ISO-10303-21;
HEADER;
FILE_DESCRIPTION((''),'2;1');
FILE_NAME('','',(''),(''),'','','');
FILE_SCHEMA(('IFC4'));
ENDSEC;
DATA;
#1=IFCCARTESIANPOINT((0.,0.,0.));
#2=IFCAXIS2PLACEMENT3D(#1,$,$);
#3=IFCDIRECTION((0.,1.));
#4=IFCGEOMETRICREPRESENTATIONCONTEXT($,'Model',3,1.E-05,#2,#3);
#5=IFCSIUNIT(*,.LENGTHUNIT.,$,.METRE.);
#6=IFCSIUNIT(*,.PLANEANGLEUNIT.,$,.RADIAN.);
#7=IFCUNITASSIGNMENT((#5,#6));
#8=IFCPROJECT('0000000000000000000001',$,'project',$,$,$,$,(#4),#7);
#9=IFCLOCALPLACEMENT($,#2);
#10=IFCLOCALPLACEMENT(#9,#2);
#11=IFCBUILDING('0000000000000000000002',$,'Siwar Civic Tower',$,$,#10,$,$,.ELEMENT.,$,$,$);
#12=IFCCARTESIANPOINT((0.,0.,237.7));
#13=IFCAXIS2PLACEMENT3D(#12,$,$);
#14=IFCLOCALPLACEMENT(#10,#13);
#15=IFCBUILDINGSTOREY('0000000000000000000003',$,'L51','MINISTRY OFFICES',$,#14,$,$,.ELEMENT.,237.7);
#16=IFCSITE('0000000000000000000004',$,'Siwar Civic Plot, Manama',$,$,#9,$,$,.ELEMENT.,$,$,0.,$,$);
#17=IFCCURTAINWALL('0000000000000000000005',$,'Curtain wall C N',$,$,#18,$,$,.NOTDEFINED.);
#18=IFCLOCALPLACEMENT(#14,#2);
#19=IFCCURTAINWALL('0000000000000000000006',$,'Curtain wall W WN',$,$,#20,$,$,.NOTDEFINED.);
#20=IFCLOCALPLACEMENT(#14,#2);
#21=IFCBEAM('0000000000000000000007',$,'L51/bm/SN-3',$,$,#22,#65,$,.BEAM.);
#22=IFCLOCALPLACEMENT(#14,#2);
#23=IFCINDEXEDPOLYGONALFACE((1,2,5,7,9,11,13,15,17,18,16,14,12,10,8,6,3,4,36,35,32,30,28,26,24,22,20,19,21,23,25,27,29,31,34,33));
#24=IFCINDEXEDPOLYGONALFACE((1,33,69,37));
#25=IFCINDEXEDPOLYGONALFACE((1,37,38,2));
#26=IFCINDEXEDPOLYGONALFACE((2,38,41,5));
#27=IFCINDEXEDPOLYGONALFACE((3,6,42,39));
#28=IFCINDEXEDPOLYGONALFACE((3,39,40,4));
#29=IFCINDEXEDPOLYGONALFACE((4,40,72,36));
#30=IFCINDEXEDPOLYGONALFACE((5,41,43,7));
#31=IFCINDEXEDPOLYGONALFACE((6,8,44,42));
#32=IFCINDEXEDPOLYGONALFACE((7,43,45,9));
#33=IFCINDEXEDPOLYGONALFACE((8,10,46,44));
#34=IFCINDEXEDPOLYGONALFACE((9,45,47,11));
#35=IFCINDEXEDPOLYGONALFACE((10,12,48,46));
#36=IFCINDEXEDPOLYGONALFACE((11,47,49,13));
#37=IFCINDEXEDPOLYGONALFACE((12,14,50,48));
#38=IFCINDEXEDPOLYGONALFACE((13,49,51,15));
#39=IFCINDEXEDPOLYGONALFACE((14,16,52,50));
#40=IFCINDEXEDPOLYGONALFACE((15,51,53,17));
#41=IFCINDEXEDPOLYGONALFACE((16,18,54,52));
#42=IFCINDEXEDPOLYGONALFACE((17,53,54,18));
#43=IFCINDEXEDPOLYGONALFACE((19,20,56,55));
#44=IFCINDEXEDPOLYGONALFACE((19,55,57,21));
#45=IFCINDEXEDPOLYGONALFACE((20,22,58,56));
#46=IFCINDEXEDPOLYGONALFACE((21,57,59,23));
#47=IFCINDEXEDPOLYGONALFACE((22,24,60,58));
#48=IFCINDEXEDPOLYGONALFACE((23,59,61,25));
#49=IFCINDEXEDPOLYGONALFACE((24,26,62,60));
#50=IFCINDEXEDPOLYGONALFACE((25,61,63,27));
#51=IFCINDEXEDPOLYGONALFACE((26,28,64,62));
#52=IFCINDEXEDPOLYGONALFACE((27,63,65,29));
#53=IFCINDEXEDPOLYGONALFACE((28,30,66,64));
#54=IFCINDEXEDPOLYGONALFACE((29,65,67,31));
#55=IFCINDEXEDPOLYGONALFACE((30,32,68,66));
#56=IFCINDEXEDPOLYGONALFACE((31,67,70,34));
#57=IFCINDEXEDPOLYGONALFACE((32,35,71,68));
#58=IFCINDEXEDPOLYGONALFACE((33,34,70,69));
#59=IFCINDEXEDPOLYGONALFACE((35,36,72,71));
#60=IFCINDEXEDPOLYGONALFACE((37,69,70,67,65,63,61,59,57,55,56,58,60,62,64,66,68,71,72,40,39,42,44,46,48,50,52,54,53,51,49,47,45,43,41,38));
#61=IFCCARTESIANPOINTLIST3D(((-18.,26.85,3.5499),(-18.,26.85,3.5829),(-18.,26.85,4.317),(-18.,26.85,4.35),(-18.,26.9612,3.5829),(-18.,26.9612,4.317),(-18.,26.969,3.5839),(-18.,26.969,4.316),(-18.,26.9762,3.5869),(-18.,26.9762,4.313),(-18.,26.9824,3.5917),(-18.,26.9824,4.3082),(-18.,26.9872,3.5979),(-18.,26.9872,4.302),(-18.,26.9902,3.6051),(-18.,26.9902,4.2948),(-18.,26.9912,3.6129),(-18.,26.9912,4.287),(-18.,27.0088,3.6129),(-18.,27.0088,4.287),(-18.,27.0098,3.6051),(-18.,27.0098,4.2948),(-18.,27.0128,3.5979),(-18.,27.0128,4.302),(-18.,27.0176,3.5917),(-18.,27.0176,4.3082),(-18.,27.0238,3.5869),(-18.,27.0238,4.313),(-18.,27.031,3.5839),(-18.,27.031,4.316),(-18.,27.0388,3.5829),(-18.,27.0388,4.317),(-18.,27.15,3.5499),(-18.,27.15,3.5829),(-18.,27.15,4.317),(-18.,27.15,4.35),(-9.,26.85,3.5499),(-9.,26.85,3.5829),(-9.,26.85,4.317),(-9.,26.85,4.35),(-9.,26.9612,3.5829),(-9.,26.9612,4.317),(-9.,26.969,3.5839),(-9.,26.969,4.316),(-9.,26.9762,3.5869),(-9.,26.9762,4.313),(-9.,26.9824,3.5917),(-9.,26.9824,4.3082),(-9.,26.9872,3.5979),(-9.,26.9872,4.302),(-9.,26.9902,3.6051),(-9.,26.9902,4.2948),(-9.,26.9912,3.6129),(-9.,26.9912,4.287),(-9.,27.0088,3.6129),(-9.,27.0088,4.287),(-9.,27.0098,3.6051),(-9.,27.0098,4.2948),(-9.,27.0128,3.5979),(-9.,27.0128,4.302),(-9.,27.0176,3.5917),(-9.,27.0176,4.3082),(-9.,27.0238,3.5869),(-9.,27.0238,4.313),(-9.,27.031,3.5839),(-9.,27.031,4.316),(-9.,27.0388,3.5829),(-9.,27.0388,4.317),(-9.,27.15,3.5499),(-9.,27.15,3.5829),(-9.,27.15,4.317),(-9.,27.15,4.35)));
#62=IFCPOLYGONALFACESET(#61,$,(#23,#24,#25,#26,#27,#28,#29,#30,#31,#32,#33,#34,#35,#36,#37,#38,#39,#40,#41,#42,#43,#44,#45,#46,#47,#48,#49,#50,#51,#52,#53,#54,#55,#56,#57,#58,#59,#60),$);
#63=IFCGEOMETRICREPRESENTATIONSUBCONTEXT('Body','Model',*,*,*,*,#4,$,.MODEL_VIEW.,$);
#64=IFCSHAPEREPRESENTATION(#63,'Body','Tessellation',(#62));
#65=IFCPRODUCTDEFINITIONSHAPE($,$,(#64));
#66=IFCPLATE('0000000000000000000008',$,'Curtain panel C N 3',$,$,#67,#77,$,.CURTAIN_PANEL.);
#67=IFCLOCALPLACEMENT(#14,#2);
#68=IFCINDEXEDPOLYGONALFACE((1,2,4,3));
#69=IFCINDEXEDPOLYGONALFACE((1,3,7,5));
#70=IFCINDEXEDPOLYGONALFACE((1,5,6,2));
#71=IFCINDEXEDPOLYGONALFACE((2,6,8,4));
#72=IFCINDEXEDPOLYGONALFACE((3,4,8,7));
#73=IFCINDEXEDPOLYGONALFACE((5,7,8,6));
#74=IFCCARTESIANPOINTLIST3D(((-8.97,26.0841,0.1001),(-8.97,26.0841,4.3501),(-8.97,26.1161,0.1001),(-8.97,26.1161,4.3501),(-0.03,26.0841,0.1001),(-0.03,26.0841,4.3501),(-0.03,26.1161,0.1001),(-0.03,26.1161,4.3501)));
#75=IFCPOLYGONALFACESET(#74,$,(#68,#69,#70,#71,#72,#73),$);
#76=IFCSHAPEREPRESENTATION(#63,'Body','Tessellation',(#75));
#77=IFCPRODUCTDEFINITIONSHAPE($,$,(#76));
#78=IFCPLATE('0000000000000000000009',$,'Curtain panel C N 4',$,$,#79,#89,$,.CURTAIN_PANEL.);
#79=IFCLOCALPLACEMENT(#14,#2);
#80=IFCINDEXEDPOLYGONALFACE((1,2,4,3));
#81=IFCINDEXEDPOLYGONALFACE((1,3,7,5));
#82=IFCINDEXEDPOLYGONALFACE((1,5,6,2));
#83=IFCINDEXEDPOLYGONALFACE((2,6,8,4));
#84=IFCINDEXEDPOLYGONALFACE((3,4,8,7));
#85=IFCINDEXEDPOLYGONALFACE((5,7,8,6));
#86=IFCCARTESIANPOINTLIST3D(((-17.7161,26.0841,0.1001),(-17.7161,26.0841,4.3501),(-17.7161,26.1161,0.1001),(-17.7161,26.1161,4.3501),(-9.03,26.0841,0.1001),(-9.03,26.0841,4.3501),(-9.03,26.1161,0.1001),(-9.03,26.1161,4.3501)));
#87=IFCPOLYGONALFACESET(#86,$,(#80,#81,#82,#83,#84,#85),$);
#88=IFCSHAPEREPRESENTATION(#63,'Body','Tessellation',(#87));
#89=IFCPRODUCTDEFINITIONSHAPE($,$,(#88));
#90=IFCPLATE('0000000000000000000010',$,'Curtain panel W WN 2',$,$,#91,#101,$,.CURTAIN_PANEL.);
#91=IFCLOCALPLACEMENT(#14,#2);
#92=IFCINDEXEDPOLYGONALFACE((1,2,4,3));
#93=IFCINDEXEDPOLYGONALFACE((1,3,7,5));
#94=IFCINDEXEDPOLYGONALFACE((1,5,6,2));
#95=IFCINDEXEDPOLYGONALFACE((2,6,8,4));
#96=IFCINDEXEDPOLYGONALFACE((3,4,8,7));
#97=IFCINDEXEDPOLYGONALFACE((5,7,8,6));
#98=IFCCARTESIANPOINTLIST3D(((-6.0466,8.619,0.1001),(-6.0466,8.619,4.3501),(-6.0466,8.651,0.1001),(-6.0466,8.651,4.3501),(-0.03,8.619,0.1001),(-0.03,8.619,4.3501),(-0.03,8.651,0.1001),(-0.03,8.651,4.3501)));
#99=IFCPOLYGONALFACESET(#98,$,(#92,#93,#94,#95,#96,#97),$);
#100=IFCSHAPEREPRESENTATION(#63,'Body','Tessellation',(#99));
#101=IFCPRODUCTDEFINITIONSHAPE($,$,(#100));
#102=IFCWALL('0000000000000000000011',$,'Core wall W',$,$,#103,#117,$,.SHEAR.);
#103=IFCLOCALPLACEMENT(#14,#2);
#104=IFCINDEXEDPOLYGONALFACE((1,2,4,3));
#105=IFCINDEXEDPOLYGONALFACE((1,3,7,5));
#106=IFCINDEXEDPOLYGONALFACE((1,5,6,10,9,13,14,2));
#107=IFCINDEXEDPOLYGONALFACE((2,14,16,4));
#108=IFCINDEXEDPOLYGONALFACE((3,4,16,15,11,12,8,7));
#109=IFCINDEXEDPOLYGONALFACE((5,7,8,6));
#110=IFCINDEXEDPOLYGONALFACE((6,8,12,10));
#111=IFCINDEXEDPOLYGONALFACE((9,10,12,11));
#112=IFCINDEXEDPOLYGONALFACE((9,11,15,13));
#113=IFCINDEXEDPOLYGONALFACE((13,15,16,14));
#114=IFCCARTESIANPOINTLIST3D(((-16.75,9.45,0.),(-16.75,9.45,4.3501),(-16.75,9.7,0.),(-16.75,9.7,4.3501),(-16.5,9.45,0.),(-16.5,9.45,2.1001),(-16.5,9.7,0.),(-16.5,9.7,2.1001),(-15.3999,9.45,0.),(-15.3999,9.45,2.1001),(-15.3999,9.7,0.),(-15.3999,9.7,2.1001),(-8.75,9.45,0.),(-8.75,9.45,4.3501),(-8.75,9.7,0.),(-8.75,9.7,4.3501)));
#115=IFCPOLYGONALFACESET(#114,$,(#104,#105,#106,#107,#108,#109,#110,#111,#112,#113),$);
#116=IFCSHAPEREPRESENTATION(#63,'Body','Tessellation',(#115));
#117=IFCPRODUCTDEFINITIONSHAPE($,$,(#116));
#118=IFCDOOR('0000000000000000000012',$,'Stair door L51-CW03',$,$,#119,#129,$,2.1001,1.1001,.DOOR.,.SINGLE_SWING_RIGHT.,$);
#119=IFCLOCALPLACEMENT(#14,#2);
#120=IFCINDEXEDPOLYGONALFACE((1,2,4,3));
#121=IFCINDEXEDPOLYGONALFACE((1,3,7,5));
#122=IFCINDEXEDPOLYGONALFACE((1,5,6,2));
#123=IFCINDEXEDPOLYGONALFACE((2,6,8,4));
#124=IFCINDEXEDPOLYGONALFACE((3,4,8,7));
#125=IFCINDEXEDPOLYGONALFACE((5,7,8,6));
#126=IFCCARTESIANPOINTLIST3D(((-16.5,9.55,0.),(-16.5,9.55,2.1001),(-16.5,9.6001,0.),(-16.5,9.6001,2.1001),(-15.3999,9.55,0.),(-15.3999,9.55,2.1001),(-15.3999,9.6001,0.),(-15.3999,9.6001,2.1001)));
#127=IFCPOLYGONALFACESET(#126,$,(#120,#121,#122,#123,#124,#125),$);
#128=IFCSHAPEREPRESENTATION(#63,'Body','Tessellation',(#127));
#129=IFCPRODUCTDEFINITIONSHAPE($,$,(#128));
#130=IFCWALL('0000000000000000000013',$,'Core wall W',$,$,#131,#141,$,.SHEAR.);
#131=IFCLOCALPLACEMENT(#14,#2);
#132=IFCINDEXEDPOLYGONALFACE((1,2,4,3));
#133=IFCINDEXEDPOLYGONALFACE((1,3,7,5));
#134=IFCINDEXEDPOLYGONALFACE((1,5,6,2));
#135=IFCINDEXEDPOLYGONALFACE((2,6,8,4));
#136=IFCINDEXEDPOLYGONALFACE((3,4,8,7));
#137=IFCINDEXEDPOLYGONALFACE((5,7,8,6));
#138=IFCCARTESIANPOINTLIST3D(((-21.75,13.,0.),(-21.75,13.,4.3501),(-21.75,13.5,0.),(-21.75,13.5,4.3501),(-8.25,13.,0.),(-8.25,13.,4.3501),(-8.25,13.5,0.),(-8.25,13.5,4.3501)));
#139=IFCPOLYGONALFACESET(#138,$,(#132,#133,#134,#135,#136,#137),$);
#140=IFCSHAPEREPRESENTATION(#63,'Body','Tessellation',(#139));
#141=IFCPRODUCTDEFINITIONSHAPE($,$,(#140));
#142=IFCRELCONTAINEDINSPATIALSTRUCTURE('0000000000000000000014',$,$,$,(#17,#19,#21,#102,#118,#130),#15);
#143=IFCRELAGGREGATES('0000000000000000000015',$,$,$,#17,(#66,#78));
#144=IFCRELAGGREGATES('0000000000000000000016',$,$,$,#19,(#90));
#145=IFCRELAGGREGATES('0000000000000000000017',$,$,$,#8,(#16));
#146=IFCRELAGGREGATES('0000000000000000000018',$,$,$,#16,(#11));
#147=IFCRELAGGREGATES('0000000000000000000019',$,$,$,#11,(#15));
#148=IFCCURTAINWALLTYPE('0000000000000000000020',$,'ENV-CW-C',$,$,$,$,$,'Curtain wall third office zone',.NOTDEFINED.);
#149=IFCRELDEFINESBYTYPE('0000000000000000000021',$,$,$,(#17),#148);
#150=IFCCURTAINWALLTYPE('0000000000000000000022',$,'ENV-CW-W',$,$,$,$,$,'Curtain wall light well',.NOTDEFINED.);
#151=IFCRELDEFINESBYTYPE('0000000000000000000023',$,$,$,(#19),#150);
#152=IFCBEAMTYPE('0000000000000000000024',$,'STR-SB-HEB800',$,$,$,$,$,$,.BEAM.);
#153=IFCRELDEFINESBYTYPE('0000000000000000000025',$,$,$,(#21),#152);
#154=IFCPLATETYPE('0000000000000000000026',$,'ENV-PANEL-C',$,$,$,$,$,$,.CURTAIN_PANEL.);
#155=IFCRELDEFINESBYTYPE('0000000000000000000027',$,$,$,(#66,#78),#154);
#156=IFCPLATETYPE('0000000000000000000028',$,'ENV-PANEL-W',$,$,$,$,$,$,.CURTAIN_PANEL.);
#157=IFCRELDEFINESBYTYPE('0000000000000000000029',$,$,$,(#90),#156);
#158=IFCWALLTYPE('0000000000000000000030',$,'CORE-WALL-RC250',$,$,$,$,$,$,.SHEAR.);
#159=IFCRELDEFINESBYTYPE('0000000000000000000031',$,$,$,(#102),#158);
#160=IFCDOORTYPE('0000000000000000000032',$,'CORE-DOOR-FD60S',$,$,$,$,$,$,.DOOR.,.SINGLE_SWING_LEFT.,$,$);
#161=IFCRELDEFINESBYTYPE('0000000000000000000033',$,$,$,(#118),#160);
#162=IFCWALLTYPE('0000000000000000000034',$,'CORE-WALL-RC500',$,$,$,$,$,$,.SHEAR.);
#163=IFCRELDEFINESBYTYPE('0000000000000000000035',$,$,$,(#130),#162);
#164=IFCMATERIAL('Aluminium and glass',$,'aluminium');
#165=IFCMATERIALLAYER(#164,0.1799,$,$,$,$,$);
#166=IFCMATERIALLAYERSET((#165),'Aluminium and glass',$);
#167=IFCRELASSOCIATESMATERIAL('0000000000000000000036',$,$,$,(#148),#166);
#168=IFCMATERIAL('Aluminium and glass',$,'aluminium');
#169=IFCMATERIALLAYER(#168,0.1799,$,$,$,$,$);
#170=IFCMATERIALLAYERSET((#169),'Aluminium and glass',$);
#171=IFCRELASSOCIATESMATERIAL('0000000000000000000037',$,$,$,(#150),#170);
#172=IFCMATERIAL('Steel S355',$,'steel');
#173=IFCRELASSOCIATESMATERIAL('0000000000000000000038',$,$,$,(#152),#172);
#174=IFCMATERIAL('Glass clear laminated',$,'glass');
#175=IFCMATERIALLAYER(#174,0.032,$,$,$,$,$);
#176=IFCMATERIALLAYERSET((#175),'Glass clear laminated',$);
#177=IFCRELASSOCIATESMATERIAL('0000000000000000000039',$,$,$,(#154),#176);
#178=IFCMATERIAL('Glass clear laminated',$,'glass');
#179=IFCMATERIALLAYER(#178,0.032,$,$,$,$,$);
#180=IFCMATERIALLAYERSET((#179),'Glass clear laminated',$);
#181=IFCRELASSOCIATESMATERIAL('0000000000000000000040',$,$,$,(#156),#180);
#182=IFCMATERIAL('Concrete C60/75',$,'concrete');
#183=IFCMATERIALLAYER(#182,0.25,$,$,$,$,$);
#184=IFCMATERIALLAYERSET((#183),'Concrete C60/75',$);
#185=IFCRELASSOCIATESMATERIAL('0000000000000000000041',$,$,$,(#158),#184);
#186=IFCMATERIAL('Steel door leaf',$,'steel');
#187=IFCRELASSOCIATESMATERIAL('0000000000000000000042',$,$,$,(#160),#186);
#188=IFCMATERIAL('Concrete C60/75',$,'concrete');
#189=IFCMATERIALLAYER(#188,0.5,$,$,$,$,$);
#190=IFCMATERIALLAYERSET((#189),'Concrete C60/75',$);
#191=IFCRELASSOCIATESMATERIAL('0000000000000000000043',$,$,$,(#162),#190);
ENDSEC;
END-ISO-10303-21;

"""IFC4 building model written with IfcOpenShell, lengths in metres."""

from ifc_helpers import new_model, si_unit, direction, frame, frame_2d, origin, origin_2d, place, context, subcontext, project, spatial, rectangle, i_section, extrude, material, layer, layer_set, material_profile, profile_set, type_object, element, fill, aggregate, save


model = new_model("IFC4")

# Units and contexts
model_context = context("Model", 3, precision=1e-05, world=origin(), true_north=direction((0.0, 1.0)))
body_context = subcontext(model_context, "Body", "Model", "MODEL_VIEW")
ifc_project = project(units=[si_unit("LENGTHUNIT", "METRE"), si_unit("PLANEANGLEUNIT", "RADIAN")], contexts=[model_context])

# Site, building, storey
site_placement = place(None, origin())
site = spatial("IfcSite", under=ifc_project, at=site_placement, Name="Siwar Civic Plot, Manama", CompositionType="ELEMENT", RefElevation=0.0)
building_placement = place(site_placement, origin())
building = spatial("IfcBuilding", under=site, at=building_placement, Name="Siwar Civic Tower", CompositionType="ELEMENT")
storey_placement = place(building_placement, frame((0.0, 0.0, 237.7)))
storey = spatial("IfcBuildingStorey", under=building, at=storey_placement, Name="L51", Description="MINISTRY OFFICES", CompositionType="ELEMENT", Elevation=237.7)

# Curtain wall
ifc_material_1 = material(Name="Aluminium and glass", Category="aluminium")
ifc_layer_1 = layer(ifc_material_1, 0.1799)
ifc_layer_set_1 = layer_set([ifc_layer_1], Name="Aluminium and glass")
curtain_wall_type_1 = type_object("IfcCurtainWallType", Name="ENV-CW-C", ElementType="Curtain wall third office zone", PredefinedType="NOTDEFINED", material=ifc_layer_set_1)
curtain_wall_1_placement = place(storey_placement, origin())
curtain_wall_1 = element("IfcCurtainWall", 1, at=curtain_wall_1_placement, inside=storey, type_object=curtain_wall_type_1, Name="Curtain wall C N", PredefinedType="NOTDEFINED")

# Curtain wall
ifc_material_2 = material(Name="Aluminium and glass", Category="aluminium")
ifc_layer_2 = layer(ifc_material_2, 0.1799)
ifc_layer_set_2 = layer_set([ifc_layer_2], Name="Aluminium and glass")
curtain_wall_type_2 = type_object("IfcCurtainWallType", Name="ENV-CW-W", ElementType="Curtain wall light well", PredefinedType="NOTDEFINED", material=ifc_layer_set_2)
curtain_wall_2_placement = place(storey_placement, origin())
curtain_wall_2 = element("IfcCurtainWall", 2, at=curtain_wall_2_placement, inside=storey, type_object=curtain_wall_type_2, Name="Curtain wall W WN", PredefinedType="NOTDEFINED")

# Beam
ifc_material_3 = material(Name="Steel S355", Category="steel")
ifc_material_profile_1 = material_profile(ifc_material_3, i_section(OverallWidth=0.3, OverallDepth=0.8, WebThickness=0.0176, FlangeThickness=0.033, FilletRadius=0.03, at=origin_2d()), Name="HEB800")
ifc_profile_set_1 = profile_set([ifc_material_profile_1], Name="Steel S355")
beam_type_1 = type_object("IfcBeamType", Name="STR-SB-HEB800", PredefinedType="BEAM", material=ifc_profile_set_1)
for number, where, z_axis, x_axis, name in (
    (3, (-9.0, 27.0, 3.95), (-1.0, 0.0, 0.0), (0.0, -1.0, 0.0), "L51/bm/SN-3"),
):
    element("IfcBeam", number, at=place(storey_placement, frame(where, z_axis=z_axis, x_axis=x_axis)), inside=storey, type_object=beam_type_1, Name=name, PredefinedType="BEAM", context=body_context, shape_type="SweptSolid", body=[
        extrude(i_section(OverallWidth=0.3, OverallDepth=0.8, WebThickness=0.0176, FlangeThickness=0.033, FilletRadius=0.03, at=origin_2d()), origin(), (0.0, 0.0, 1.0), 9.0),
    ])

# Plates
ifc_material_4 = material(Name="Glass clear laminated", Category="glass")
ifc_layer_3 = layer(ifc_material_4, 0.032)
ifc_layer_set_3 = layer_set([ifc_layer_3], Name="Glass clear laminated")
plate_type_1 = type_object("IfcPlateType", Name="ENV-PANEL-C", PredefinedType="CURTAIN_PANEL", material=ifc_layer_set_3)
plate_1_placement = place(storey_placement, frame((-4.5, 26.1001, 0.1001), z_axis=(0.0, 0.0, 1.0), x_axis=(-1.0, 0.0, 0.0)))
plate_1 = element("IfcPlate", 4, at=plate_1_placement, type_object=plate_type_1, Name="Curtain panel C N 3", PredefinedType="CURTAIN_PANEL", context=body_context, shape_type="SweptSolid", body=[
    extrude(rectangle(XDim=8.9399, YDim=0.032, at=origin_2d()), origin(), (0.0, 0.0, 1.0), 4.25),
])
plate_2_placement = place(storey_placement, frame((-13.373, 26.1001, 0.1001), z_axis=(0.0, 0.0, 1.0), x_axis=(-1.0, 0.0, 0.0)))
plate_2 = element("IfcPlate", 5, at=plate_2_placement, type_object=plate_type_1, Name="Curtain panel C N 4", PredefinedType="CURTAIN_PANEL", context=body_context, shape_type="SweptSolid", body=[
    extrude(rectangle(XDim=8.686, YDim=0.032, at=origin_2d()), origin(), (0.0, 0.0, 1.0), 4.25),
])
aggregate(curtain_wall_1, [plate_1, plate_2])
ifc_material_5 = material(Name="Glass clear laminated", Category="glass")
ifc_layer_4 = layer(ifc_material_5, 0.032)
ifc_layer_set_4 = layer_set([ifc_layer_4], Name="Glass clear laminated")
plate_type_2 = type_object("IfcPlateType", Name="ENV-PANEL-W", PredefinedType="CURTAIN_PANEL", material=ifc_layer_set_4)
plate_3_placement = place(storey_placement, frame((-3.0383, 8.635, 0.1001), z_axis=(0.0, 0.0, 1.0), x_axis=(-1.0, 0.0, 0.0)))
plate_3 = element("IfcPlate", 6, at=plate_3_placement, type_object=plate_type_2, Name="Curtain panel W WN 2", PredefinedType="CURTAIN_PANEL", context=body_context, shape_type="SweptSolid", body=[
    extrude(rectangle(XDim=6.0166, YDim=0.032, at=origin_2d()), origin(), (0.0, 0.0, 1.0), 4.25),
])
aggregate(curtain_wall_2, [plate_3])

# Wall, opening, door
ifc_material_6 = material(Name="Concrete C60/75", Category="concrete")
ifc_layer_5 = layer(ifc_material_6, 0.25)
ifc_layer_set_5 = layer_set([ifc_layer_5], Name="Concrete C60/75")
wall_type_1 = type_object("IfcWallType", Name="CORE-WALL-RC250", PredefinedType="SHEAR", material=ifc_layer_set_5)
wall_1_placement = place(storey_placement, frame((-8.75, 9.575, 0.0), z_axis=(0.0, 0.0, 1.0), x_axis=(-1.0, 0.0, 0.0)))
wall_1 = element("IfcWall", 7, at=wall_1_placement, inside=storey, type_object=wall_type_1, Name="Core wall W", PredefinedType="SHEAR", context=body_context, shape_type="SweptSolid", body=[
    extrude(rectangle(XDim=8.0, YDim=0.25, at=frame_2d((4.0, 0.0))), origin(), (0.0, 0.0, 1.0), 4.3501),
])
opening_1_placement = place(wall_1_placement, frame((6.6499, 0.0, 0.0)))
opening_1 = element("IfcOpeningElement", 8, at=opening_1_placement, cuts=wall_1, PredefinedType="OPENING", context=body_context, shape_type="SweptSolid", body=[
    extrude(rectangle(XDim=1.1001, YDim=2.1001, at=frame_2d((0.55, 1.05))), frame((0.0, 0.135, 0.0), z_axis=(0.0, -1.0, 0.0), x_axis=(1.0, 0.0, 0.0)), (0.0, 0.0, 1.0), 0.27),
])
ifc_material_7 = material(Name="Steel door leaf", Category="steel")
door_type_1 = type_object("IfcDoorType", Name="CORE-DOOR-FD60S", OperationType="SINGLE_SWING_LEFT", PredefinedType="DOOR", material=ifc_material_7)
door_1_placement = place(opening_1_placement, origin())
door_1 = element("IfcDoor", 9, at=door_1_placement, inside=storey, type_object=door_type_1, Name="Stair door L51-CW03", OperationType="SINGLE_SWING_RIGHT", OverallHeight=2.1001, OverallWidth=1.1001, PredefinedType="DOOR", context=body_context, shape_type="SweptSolid", body=[
    extrude(rectangle(XDim=1.1001, YDim=2.1001, at=frame_2d((0.55, 1.05))), frame((0.0, 0.0249, 0.0), z_axis=(0.0, -1.0, 0.0), x_axis=(1.0, 0.0, 0.0)), (0.0, 0.0, 1.0), 0.05),
])
fill(opening_1, door_1)

# Wall
ifc_material_8 = material(Name="Concrete C60/75", Category="concrete")
ifc_layer_6 = layer(ifc_material_8, 0.5)
ifc_layer_set_6 = layer_set([ifc_layer_6], Name="Concrete C60/75")
wall_type_2 = type_object("IfcWallType", Name="CORE-WALL-RC500", PredefinedType="SHEAR", material=ifc_layer_set_6)
wall_2_placement = place(storey_placement, frame((-8.25, 13.25, 0.0), z_axis=(0.0, 0.0, 1.0), x_axis=(-1.0, 0.0, 0.0)))
element("IfcWall", 10, at=wall_2_placement, inside=storey, type_object=wall_type_2, Name="Core wall W", PredefinedType="SHEAR", context=body_context, shape_type="SweptSolid", body=[
    extrude(rectangle(XDim=13.5, YDim=0.5, at=frame_2d((6.75, 0.0))), origin(), (0.0, 0.0, 1.0), 4.3501),
])

save(model, "model.ifc")
